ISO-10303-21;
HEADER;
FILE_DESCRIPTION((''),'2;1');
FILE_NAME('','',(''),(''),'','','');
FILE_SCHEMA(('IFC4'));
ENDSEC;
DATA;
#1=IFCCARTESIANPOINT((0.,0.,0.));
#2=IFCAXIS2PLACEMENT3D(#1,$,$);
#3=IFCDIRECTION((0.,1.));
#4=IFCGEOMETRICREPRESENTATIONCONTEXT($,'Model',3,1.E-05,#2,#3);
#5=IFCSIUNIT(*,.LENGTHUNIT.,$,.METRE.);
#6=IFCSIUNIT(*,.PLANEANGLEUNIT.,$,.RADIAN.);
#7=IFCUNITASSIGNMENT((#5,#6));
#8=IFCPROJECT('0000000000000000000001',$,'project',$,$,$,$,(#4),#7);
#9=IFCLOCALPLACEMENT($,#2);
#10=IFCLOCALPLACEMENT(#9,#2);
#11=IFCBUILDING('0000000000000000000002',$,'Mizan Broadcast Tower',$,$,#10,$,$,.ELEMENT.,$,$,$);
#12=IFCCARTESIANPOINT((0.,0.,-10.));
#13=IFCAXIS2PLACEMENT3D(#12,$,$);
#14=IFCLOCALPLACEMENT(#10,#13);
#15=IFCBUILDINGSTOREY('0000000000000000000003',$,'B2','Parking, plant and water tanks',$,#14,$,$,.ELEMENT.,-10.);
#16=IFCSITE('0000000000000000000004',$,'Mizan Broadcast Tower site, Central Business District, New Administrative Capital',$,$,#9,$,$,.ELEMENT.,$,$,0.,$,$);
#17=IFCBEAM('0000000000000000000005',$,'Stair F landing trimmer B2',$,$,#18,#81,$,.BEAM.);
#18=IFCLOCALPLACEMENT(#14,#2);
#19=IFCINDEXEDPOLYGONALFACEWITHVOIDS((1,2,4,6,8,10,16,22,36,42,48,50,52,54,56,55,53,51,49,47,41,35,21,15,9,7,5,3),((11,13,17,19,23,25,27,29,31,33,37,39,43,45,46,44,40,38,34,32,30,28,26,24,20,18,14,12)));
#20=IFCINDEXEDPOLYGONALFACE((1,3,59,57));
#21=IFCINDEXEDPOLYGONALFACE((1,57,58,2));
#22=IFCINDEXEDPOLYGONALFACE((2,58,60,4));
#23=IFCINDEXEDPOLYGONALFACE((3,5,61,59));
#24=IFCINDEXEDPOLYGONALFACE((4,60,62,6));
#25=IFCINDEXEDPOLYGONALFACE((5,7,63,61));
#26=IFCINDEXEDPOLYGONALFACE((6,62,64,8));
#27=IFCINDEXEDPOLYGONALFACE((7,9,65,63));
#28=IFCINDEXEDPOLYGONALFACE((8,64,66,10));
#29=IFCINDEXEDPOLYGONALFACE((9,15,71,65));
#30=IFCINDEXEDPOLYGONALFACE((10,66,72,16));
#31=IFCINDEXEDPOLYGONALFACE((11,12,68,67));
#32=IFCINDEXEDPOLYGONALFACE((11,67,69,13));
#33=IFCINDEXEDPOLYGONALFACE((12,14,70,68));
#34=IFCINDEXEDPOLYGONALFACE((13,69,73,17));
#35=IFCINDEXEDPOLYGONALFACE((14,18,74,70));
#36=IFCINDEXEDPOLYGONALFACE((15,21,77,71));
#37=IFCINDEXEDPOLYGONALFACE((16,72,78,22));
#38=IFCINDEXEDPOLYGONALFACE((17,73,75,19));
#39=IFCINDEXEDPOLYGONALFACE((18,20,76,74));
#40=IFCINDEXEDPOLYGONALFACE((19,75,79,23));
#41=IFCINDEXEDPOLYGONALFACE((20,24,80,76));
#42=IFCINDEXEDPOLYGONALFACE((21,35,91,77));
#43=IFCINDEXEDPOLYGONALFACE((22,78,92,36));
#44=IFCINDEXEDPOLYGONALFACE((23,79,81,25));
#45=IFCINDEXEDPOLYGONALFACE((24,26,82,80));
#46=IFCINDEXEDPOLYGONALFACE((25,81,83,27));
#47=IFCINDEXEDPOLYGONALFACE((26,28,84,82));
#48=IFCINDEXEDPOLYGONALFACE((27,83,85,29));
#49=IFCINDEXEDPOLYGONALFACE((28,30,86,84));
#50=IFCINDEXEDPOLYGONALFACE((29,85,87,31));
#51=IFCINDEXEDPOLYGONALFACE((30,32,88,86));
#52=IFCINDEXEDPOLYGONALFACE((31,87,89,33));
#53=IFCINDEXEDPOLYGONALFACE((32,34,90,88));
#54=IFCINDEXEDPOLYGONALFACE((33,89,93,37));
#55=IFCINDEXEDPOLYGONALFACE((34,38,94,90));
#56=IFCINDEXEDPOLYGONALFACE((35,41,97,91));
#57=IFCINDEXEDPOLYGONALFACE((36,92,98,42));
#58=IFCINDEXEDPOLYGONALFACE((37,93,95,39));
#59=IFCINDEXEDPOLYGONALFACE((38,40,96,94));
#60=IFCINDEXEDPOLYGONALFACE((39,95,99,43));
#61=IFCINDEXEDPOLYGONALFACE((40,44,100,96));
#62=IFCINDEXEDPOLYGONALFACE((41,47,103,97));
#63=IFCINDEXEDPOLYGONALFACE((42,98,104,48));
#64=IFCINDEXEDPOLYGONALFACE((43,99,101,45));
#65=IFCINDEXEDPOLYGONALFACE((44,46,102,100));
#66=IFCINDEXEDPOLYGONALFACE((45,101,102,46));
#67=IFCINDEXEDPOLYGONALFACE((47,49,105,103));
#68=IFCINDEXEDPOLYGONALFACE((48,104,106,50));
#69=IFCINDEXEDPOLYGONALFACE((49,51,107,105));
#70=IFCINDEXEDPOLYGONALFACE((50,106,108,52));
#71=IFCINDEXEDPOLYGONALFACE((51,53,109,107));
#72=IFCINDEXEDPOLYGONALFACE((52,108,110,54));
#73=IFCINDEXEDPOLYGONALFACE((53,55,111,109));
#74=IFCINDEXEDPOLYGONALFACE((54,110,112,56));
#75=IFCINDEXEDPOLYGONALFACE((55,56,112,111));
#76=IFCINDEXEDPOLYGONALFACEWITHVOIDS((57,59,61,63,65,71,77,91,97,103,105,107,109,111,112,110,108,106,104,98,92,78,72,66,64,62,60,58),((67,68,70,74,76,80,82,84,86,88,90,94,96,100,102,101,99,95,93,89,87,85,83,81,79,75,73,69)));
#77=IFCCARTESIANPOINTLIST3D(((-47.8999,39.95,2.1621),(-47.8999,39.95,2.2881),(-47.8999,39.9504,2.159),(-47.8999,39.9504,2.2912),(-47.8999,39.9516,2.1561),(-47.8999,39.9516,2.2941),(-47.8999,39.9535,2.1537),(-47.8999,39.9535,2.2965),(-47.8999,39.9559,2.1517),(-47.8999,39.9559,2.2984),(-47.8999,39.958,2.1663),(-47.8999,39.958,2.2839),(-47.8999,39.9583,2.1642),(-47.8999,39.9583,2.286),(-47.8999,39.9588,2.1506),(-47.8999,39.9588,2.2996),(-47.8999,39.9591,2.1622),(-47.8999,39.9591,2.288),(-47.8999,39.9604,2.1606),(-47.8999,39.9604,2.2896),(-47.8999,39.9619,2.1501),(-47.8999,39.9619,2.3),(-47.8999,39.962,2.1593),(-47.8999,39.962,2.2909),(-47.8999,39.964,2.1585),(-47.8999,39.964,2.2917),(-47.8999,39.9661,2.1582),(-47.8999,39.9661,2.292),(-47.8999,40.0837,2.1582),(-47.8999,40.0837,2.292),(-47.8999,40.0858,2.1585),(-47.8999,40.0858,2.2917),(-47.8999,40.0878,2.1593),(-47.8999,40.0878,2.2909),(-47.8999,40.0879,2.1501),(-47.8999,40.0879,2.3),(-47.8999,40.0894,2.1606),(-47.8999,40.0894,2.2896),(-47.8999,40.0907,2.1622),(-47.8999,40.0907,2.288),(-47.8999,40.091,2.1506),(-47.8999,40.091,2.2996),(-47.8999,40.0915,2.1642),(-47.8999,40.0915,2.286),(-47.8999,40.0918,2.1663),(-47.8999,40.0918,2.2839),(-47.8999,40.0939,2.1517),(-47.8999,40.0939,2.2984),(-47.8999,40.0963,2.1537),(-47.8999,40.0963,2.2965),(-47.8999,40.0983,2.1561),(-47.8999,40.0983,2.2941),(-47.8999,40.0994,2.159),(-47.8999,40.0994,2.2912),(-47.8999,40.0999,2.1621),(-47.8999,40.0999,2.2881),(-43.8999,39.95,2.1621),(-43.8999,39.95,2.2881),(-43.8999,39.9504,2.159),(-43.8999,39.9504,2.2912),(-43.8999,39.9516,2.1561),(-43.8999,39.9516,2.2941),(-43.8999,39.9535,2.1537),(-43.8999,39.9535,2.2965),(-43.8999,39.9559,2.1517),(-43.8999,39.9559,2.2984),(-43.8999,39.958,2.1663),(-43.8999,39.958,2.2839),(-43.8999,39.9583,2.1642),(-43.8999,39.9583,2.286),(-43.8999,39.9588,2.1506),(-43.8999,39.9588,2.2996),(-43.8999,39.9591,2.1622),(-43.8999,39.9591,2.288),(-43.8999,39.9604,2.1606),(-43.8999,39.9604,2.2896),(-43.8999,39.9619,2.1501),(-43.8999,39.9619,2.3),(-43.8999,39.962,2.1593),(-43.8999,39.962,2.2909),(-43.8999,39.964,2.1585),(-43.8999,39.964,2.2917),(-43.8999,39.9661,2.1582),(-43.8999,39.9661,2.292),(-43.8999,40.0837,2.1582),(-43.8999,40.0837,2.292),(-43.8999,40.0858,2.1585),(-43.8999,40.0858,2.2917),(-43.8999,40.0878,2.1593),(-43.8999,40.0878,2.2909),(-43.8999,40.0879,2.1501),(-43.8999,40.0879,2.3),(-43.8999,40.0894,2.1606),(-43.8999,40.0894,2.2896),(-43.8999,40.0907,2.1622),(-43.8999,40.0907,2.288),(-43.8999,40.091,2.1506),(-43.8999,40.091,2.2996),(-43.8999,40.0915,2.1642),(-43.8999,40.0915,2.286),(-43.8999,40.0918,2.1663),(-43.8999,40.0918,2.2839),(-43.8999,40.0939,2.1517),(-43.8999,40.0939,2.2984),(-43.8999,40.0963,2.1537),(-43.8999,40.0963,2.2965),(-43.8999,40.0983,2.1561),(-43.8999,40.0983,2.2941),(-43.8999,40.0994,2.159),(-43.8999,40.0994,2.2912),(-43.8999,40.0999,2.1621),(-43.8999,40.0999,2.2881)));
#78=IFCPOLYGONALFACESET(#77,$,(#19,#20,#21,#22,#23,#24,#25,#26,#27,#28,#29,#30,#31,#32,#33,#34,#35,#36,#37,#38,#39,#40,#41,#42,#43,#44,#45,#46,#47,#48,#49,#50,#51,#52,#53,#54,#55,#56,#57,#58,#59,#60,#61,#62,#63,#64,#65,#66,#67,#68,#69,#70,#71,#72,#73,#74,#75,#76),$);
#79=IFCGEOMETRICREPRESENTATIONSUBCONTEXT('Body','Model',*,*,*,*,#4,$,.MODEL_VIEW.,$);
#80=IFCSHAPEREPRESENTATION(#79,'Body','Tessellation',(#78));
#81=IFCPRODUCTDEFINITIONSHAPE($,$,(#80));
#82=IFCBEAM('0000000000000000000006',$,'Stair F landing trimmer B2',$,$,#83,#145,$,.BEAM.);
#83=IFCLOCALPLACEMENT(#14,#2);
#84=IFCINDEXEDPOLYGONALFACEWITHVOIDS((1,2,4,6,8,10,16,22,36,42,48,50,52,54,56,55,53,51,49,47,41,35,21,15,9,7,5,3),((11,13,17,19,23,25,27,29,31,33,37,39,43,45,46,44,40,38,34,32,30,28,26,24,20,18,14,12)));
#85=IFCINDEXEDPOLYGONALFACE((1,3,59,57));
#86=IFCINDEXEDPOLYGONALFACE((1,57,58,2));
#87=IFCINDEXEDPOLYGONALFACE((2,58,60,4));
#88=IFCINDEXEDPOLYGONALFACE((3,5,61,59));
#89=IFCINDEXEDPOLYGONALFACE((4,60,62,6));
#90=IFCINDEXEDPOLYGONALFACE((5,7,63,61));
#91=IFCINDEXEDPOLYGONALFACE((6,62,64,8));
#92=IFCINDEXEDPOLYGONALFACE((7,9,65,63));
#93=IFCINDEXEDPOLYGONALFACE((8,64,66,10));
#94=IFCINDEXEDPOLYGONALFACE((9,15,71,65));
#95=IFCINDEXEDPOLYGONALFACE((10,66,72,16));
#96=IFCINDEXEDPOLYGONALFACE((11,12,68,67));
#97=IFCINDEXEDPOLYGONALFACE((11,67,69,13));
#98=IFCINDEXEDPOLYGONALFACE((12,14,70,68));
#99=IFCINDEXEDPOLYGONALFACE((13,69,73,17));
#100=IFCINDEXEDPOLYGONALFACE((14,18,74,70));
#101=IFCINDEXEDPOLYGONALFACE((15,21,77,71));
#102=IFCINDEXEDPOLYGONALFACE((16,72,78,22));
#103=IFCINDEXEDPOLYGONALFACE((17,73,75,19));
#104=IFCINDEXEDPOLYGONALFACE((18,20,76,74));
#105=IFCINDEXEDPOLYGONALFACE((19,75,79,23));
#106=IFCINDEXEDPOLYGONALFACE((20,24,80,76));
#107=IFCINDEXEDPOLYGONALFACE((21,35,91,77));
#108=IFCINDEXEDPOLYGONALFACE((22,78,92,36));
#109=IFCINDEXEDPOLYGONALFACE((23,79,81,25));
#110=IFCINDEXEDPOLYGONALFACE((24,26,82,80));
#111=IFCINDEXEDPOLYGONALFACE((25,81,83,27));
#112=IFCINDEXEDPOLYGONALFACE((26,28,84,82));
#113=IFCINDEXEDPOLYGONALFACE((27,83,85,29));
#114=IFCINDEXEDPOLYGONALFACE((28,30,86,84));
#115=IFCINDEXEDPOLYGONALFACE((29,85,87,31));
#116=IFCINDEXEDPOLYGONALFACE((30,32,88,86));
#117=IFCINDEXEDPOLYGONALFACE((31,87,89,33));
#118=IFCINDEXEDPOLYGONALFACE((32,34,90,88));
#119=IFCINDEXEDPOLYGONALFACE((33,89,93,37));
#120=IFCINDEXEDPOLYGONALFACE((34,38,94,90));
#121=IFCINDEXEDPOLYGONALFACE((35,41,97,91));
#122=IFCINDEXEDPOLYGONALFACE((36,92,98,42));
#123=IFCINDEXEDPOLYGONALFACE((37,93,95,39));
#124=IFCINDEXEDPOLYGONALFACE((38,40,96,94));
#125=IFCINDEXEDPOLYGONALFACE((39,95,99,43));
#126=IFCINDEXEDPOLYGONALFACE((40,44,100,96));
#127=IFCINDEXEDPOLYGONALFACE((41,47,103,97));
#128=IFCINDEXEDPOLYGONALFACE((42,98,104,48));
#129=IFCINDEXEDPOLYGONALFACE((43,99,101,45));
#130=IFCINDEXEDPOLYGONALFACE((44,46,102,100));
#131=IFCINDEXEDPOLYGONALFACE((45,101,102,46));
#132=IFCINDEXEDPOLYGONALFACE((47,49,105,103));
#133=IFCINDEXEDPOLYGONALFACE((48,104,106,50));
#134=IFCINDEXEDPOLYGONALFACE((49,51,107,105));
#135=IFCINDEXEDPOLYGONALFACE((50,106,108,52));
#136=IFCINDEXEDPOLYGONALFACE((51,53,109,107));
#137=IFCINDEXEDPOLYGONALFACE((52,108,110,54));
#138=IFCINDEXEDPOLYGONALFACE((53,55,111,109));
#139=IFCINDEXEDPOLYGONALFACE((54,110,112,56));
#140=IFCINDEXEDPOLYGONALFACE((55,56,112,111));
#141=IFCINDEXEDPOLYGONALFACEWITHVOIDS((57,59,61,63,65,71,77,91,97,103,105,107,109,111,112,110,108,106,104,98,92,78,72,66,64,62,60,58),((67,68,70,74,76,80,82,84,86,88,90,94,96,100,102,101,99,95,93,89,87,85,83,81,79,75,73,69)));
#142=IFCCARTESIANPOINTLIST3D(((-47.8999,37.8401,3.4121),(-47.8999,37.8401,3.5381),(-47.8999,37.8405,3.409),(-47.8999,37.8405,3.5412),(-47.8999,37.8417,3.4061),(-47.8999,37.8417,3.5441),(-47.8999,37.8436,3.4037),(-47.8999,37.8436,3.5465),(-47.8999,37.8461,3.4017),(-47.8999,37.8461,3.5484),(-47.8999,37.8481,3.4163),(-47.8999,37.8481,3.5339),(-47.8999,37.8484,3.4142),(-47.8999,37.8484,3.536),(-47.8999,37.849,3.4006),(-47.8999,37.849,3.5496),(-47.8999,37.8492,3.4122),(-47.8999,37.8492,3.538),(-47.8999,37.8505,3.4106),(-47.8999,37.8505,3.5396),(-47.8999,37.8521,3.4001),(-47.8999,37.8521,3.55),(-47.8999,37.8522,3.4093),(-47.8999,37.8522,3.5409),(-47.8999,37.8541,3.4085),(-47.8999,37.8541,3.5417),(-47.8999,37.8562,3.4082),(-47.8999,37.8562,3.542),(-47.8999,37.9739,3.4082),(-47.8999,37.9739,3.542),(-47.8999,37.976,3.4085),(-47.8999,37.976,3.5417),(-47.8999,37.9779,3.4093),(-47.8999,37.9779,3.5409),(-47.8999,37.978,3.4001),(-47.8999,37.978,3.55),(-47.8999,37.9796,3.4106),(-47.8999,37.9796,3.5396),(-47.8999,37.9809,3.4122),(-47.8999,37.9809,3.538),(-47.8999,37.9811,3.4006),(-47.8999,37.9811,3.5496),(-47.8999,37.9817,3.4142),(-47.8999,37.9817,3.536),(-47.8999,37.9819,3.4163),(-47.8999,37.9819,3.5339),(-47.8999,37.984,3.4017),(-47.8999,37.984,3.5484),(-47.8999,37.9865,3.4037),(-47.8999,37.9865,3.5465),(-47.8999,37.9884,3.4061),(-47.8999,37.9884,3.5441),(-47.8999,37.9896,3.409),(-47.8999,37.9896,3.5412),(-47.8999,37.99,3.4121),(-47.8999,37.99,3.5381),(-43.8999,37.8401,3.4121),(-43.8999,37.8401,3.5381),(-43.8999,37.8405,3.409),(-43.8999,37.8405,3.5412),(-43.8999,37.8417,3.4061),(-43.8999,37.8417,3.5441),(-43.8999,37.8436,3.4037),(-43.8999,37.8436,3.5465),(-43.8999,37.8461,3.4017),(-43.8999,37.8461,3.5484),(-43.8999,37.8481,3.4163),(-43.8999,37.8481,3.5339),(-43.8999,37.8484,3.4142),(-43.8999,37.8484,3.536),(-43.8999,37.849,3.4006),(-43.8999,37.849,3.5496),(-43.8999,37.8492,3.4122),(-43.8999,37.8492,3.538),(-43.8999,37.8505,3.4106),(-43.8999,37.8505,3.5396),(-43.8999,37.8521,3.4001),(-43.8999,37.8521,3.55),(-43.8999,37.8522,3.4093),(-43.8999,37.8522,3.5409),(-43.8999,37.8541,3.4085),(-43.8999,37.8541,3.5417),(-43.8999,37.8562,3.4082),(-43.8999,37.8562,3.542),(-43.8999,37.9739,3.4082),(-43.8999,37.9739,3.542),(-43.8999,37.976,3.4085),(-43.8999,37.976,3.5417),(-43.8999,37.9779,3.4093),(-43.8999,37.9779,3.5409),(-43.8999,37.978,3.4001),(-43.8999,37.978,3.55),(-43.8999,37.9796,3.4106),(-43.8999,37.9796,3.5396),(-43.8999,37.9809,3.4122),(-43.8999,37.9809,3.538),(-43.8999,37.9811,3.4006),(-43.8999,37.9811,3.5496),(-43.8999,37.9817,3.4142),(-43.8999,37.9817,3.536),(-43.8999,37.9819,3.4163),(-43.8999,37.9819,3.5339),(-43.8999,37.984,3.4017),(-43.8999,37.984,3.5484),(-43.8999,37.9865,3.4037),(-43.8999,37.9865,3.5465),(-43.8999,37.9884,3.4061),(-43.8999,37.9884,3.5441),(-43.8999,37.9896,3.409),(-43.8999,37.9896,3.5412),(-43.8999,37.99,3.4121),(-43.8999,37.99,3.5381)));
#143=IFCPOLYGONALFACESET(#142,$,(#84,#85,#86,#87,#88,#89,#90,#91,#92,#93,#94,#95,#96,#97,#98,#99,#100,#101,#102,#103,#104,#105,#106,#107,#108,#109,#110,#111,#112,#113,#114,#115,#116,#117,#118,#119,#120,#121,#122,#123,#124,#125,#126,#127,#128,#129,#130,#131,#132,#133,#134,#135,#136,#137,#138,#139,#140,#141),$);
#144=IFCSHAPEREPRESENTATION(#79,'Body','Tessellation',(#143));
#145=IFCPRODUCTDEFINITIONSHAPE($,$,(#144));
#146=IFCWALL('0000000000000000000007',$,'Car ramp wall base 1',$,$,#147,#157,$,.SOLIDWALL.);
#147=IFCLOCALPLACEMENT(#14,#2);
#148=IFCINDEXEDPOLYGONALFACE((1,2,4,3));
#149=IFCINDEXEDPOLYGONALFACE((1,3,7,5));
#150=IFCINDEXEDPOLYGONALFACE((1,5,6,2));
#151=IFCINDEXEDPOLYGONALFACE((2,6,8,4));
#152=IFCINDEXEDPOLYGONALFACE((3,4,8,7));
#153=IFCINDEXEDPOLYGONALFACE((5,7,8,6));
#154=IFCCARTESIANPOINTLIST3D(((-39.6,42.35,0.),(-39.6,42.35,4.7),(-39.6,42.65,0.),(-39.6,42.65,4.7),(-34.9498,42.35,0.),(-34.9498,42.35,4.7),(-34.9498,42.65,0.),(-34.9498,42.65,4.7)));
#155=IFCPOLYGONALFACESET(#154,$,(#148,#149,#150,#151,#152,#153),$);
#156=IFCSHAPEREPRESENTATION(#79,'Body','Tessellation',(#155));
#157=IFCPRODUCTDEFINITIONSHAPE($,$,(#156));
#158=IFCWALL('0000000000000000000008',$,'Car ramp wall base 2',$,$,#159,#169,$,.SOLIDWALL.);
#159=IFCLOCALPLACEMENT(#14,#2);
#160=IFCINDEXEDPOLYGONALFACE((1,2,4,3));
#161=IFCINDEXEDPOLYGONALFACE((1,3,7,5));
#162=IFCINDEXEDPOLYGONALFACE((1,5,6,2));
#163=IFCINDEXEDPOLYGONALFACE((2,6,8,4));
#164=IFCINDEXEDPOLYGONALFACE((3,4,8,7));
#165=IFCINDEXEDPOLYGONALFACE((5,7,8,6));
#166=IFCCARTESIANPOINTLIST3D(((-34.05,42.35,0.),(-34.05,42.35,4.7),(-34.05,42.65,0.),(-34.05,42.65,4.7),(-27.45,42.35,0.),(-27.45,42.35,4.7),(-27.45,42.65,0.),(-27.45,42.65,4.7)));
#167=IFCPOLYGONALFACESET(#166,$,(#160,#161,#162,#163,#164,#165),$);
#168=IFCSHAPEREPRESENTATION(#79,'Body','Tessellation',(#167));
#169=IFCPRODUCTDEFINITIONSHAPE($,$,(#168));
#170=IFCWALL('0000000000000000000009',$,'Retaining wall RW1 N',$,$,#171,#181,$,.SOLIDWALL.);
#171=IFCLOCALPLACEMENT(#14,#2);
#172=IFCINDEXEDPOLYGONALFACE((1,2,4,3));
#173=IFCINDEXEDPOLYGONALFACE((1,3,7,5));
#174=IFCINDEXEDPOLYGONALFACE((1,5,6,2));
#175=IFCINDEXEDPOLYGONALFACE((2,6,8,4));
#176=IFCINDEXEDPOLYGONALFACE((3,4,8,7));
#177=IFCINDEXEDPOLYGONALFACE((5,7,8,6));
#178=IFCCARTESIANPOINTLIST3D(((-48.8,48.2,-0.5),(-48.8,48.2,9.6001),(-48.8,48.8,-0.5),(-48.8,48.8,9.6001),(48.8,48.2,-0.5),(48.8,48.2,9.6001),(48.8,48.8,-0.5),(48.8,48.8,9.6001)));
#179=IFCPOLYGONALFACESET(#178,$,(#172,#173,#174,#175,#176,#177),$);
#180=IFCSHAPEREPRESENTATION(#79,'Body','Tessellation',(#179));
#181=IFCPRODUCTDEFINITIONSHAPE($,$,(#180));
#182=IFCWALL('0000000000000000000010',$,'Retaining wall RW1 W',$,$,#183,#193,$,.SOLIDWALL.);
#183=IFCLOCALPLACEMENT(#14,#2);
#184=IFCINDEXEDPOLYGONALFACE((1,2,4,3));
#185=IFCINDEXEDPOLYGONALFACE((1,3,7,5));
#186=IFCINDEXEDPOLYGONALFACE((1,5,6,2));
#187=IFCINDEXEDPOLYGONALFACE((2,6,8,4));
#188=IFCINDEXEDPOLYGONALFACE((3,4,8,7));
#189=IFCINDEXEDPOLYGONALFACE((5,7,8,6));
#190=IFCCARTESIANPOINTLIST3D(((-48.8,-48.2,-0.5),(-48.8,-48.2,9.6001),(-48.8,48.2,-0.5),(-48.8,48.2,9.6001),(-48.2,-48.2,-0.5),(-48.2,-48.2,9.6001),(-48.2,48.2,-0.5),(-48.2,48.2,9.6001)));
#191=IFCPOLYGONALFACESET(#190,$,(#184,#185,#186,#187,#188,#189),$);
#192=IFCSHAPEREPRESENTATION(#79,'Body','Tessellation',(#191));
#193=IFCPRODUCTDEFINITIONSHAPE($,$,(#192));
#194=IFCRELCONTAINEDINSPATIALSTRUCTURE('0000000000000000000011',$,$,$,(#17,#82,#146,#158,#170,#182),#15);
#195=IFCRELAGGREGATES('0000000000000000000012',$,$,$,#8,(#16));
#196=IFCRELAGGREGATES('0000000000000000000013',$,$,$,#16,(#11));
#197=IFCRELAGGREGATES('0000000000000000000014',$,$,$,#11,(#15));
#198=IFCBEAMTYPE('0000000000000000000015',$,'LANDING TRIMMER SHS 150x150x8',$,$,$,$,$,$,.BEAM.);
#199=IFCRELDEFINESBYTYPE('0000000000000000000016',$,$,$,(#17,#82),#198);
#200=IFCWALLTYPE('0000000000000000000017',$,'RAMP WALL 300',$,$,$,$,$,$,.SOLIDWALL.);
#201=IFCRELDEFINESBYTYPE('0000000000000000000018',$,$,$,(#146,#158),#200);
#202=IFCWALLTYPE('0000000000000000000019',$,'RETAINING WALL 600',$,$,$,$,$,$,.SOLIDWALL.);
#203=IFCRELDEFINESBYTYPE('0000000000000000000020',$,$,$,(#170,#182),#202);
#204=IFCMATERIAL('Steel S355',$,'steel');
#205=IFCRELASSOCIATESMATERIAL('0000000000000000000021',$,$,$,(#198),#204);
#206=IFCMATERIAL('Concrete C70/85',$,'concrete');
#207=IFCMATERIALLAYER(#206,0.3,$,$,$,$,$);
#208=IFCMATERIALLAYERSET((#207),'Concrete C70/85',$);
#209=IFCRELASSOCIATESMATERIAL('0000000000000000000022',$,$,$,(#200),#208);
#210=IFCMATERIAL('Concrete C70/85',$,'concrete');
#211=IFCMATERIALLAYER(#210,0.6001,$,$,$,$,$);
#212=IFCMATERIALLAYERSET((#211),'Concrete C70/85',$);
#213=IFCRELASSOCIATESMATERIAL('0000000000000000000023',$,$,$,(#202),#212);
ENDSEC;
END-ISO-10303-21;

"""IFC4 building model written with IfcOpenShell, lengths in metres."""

from ifc_helpers import new_model, si_unit, direction, frame, frame_2d, origin, origin_2d, place, context, subcontext, project, spatial, rectangle, hollow_rectangle, extrude, material, layer, layer_set, material_profile, profile_set, type_object, element, save


model = new_model("IFC4")

# Units and contexts
model_context = context("Model", 3, precision=1e-05, world=origin(), true_north=direction((0.0, 1.0)))
body_context = subcontext(model_context, "Body", "Model", "MODEL_VIEW")
ifc_project = project(units=[si_unit("LENGTHUNIT", "METRE"), si_unit("PLANEANGLEUNIT", "RADIAN")], contexts=[model_context])

# Site, building, storey
site_placement = place(None, origin())
site = spatial("IfcSite", under=ifc_project, at=site_placement, Name="Mizan Broadcast Tower site, Central Business District, New Administrative Capital", CompositionType="ELEMENT", RefElevation=0.0)
building_placement = place(site_placement, origin())
building = spatial("IfcBuilding", under=site, at=building_placement, Name="Mizan Broadcast Tower", CompositionType="ELEMENT")
storey_placement = place(building_placement, frame((0.0, 0.0, -10.0)))
storey = spatial("IfcBuildingStorey", under=building, at=storey_placement, Name="B2", Description="Parking, plant and water tanks", CompositionType="ELEMENT", Elevation=-10.0)

# Beams
ifc_material_1 = material(Name="Steel S355", Category="steel")
ifc_material_profile_1 = material_profile(ifc_material_1, hollow_rectangle(XDim=0.1499, YDim=0.1499, WallThickness=0.0081, InnerFilletRadius=0.0081, OuterFilletRadius=0.012, at=origin_2d()), Name="SHS 150x150x8")
ifc_profile_set_1 = profile_set([ifc_material_profile_1], Name="Steel S355")
beam_type = type_object("IfcBeamType", Name="LANDING TRIMMER SHS 150x150x8", PredefinedType="BEAM", material=ifc_profile_set_1)
for number, where, z_axis, x_axis, name in (
    (1, (-43.8999, 40.0249, 2.2251), (-1.0, 0.0, 0.0), (0.0, -1.0, 0.0), "Stair F landing trimmer B2"),
    (2, (-43.8999, 37.915, 3.4751), (-1.0, 0.0, 0.0), (0.0, -1.0, 0.0), "Stair F landing trimmer B2"),
):
    element("IfcBeam", number, at=place(storey_placement, frame(where, z_axis=z_axis, x_axis=x_axis)), inside=storey, type_object=beam_type, Name=name, PredefinedType="BEAM", context=body_context, shape_type="SweptSolid", body=[
        extrude(hollow_rectangle(XDim=0.1499, YDim=0.1499, WallThickness=0.0081, InnerFilletRadius=0.0081, OuterFilletRadius=0.012, at=origin_2d()), origin(), (0.0, 0.0, 1.0), 4.0),
    ])

# Walls
ifc_material_2 = material(Name="Concrete C70/85", Category="concrete")
ifc_layer_1 = layer(ifc_material_2, 0.3)
ifc_layer_set_1 = layer_set([ifc_layer_1], Name="Concrete C70/85")
wall_type_1 = type_object("IfcWallType", Name="RAMP WALL 300", PredefinedType="SOLIDWALL", material=ifc_layer_set_1)
wall_1_placement = place(storey_placement, frame((-39.6001, 42.5, 0.0), z_axis=(0.0, 0.0, 1.0), x_axis=(1.0, 0.0, 0.0)))
element("IfcWall", 3, at=wall_1_placement, inside=storey, type_object=wall_type_1, Name="Car ramp wall base 1", PredefinedType="SOLIDWALL", context=body_context, shape_type="SweptSolid", body=[
    extrude(rectangle(XDim=4.6501, YDim=0.3, at=frame_2d((2.3252, 0.0))), origin(), (0.0, 0.0, 1.0), 4.7),
])
wall_2_placement = place(storey_placement, frame((-34.05, 42.5, 0.0), z_axis=(0.0, 0.0, 1.0), x_axis=(1.0, 0.0, 0.0)))
element("IfcWall", 4, at=wall_2_placement, inside=storey, type_object=wall_type_1, Name="Car ramp wall base 2", PredefinedType="SOLIDWALL", context=body_context, shape_type="SweptSolid", body=[
    extrude(rectangle(XDim=6.6001, YDim=0.3, at=frame_2d((3.3, 0.0))), origin(), (0.0, 0.0, 1.0), 4.7),
])
ifc_material_3 = material(Name="Concrete C70/85", Category="concrete")
ifc_layer_2 = layer(ifc_material_3, 0.6001)
ifc_layer_set_2 = layer_set([ifc_layer_2], Name="Concrete C70/85")
wall_type_2 = type_object("IfcWallType", Name="RETAINING WALL 600", PredefinedType="SOLIDWALL", material=ifc_layer_set_2)
wall_3_placement = place(storey_placement, frame((-48.8, 48.5, -0.5), z_axis=(0.0, 0.0, 1.0), x_axis=(1.0, 0.0, 0.0)))
element("IfcWall", 5, at=wall_3_placement, inside=storey, type_object=wall_type_2, Name="Retaining wall RW1 N", PredefinedType="SOLIDWALL", context=body_context, shape_type="SweptSolid", body=[
    extrude(rectangle(XDim=97.6001, YDim=0.6001, at=frame_2d((48.8, 0.0))), origin(), (0.0, 0.0, 1.0), 10.1001),
])
wall_4_placement = place(storey_placement, frame((-48.5, 48.2, -0.5), z_axis=(0.0, 0.0, 1.0), x_axis=(0.0, -1.0, 0.0)))
element("IfcWall", 6, at=wall_4_placement, inside=storey, type_object=wall_type_2, Name="Retaining wall RW1 W", PredefinedType="SOLIDWALL", context=body_context, shape_type="SweptSolid", body=[
    extrude(rectangle(XDim=96.3999, YDim=0.6001, at=frame_2d((48.2, 0.0))), origin(), (0.0, 0.0, 1.0), 10.1001),
])

save(model, "model.ifc")
